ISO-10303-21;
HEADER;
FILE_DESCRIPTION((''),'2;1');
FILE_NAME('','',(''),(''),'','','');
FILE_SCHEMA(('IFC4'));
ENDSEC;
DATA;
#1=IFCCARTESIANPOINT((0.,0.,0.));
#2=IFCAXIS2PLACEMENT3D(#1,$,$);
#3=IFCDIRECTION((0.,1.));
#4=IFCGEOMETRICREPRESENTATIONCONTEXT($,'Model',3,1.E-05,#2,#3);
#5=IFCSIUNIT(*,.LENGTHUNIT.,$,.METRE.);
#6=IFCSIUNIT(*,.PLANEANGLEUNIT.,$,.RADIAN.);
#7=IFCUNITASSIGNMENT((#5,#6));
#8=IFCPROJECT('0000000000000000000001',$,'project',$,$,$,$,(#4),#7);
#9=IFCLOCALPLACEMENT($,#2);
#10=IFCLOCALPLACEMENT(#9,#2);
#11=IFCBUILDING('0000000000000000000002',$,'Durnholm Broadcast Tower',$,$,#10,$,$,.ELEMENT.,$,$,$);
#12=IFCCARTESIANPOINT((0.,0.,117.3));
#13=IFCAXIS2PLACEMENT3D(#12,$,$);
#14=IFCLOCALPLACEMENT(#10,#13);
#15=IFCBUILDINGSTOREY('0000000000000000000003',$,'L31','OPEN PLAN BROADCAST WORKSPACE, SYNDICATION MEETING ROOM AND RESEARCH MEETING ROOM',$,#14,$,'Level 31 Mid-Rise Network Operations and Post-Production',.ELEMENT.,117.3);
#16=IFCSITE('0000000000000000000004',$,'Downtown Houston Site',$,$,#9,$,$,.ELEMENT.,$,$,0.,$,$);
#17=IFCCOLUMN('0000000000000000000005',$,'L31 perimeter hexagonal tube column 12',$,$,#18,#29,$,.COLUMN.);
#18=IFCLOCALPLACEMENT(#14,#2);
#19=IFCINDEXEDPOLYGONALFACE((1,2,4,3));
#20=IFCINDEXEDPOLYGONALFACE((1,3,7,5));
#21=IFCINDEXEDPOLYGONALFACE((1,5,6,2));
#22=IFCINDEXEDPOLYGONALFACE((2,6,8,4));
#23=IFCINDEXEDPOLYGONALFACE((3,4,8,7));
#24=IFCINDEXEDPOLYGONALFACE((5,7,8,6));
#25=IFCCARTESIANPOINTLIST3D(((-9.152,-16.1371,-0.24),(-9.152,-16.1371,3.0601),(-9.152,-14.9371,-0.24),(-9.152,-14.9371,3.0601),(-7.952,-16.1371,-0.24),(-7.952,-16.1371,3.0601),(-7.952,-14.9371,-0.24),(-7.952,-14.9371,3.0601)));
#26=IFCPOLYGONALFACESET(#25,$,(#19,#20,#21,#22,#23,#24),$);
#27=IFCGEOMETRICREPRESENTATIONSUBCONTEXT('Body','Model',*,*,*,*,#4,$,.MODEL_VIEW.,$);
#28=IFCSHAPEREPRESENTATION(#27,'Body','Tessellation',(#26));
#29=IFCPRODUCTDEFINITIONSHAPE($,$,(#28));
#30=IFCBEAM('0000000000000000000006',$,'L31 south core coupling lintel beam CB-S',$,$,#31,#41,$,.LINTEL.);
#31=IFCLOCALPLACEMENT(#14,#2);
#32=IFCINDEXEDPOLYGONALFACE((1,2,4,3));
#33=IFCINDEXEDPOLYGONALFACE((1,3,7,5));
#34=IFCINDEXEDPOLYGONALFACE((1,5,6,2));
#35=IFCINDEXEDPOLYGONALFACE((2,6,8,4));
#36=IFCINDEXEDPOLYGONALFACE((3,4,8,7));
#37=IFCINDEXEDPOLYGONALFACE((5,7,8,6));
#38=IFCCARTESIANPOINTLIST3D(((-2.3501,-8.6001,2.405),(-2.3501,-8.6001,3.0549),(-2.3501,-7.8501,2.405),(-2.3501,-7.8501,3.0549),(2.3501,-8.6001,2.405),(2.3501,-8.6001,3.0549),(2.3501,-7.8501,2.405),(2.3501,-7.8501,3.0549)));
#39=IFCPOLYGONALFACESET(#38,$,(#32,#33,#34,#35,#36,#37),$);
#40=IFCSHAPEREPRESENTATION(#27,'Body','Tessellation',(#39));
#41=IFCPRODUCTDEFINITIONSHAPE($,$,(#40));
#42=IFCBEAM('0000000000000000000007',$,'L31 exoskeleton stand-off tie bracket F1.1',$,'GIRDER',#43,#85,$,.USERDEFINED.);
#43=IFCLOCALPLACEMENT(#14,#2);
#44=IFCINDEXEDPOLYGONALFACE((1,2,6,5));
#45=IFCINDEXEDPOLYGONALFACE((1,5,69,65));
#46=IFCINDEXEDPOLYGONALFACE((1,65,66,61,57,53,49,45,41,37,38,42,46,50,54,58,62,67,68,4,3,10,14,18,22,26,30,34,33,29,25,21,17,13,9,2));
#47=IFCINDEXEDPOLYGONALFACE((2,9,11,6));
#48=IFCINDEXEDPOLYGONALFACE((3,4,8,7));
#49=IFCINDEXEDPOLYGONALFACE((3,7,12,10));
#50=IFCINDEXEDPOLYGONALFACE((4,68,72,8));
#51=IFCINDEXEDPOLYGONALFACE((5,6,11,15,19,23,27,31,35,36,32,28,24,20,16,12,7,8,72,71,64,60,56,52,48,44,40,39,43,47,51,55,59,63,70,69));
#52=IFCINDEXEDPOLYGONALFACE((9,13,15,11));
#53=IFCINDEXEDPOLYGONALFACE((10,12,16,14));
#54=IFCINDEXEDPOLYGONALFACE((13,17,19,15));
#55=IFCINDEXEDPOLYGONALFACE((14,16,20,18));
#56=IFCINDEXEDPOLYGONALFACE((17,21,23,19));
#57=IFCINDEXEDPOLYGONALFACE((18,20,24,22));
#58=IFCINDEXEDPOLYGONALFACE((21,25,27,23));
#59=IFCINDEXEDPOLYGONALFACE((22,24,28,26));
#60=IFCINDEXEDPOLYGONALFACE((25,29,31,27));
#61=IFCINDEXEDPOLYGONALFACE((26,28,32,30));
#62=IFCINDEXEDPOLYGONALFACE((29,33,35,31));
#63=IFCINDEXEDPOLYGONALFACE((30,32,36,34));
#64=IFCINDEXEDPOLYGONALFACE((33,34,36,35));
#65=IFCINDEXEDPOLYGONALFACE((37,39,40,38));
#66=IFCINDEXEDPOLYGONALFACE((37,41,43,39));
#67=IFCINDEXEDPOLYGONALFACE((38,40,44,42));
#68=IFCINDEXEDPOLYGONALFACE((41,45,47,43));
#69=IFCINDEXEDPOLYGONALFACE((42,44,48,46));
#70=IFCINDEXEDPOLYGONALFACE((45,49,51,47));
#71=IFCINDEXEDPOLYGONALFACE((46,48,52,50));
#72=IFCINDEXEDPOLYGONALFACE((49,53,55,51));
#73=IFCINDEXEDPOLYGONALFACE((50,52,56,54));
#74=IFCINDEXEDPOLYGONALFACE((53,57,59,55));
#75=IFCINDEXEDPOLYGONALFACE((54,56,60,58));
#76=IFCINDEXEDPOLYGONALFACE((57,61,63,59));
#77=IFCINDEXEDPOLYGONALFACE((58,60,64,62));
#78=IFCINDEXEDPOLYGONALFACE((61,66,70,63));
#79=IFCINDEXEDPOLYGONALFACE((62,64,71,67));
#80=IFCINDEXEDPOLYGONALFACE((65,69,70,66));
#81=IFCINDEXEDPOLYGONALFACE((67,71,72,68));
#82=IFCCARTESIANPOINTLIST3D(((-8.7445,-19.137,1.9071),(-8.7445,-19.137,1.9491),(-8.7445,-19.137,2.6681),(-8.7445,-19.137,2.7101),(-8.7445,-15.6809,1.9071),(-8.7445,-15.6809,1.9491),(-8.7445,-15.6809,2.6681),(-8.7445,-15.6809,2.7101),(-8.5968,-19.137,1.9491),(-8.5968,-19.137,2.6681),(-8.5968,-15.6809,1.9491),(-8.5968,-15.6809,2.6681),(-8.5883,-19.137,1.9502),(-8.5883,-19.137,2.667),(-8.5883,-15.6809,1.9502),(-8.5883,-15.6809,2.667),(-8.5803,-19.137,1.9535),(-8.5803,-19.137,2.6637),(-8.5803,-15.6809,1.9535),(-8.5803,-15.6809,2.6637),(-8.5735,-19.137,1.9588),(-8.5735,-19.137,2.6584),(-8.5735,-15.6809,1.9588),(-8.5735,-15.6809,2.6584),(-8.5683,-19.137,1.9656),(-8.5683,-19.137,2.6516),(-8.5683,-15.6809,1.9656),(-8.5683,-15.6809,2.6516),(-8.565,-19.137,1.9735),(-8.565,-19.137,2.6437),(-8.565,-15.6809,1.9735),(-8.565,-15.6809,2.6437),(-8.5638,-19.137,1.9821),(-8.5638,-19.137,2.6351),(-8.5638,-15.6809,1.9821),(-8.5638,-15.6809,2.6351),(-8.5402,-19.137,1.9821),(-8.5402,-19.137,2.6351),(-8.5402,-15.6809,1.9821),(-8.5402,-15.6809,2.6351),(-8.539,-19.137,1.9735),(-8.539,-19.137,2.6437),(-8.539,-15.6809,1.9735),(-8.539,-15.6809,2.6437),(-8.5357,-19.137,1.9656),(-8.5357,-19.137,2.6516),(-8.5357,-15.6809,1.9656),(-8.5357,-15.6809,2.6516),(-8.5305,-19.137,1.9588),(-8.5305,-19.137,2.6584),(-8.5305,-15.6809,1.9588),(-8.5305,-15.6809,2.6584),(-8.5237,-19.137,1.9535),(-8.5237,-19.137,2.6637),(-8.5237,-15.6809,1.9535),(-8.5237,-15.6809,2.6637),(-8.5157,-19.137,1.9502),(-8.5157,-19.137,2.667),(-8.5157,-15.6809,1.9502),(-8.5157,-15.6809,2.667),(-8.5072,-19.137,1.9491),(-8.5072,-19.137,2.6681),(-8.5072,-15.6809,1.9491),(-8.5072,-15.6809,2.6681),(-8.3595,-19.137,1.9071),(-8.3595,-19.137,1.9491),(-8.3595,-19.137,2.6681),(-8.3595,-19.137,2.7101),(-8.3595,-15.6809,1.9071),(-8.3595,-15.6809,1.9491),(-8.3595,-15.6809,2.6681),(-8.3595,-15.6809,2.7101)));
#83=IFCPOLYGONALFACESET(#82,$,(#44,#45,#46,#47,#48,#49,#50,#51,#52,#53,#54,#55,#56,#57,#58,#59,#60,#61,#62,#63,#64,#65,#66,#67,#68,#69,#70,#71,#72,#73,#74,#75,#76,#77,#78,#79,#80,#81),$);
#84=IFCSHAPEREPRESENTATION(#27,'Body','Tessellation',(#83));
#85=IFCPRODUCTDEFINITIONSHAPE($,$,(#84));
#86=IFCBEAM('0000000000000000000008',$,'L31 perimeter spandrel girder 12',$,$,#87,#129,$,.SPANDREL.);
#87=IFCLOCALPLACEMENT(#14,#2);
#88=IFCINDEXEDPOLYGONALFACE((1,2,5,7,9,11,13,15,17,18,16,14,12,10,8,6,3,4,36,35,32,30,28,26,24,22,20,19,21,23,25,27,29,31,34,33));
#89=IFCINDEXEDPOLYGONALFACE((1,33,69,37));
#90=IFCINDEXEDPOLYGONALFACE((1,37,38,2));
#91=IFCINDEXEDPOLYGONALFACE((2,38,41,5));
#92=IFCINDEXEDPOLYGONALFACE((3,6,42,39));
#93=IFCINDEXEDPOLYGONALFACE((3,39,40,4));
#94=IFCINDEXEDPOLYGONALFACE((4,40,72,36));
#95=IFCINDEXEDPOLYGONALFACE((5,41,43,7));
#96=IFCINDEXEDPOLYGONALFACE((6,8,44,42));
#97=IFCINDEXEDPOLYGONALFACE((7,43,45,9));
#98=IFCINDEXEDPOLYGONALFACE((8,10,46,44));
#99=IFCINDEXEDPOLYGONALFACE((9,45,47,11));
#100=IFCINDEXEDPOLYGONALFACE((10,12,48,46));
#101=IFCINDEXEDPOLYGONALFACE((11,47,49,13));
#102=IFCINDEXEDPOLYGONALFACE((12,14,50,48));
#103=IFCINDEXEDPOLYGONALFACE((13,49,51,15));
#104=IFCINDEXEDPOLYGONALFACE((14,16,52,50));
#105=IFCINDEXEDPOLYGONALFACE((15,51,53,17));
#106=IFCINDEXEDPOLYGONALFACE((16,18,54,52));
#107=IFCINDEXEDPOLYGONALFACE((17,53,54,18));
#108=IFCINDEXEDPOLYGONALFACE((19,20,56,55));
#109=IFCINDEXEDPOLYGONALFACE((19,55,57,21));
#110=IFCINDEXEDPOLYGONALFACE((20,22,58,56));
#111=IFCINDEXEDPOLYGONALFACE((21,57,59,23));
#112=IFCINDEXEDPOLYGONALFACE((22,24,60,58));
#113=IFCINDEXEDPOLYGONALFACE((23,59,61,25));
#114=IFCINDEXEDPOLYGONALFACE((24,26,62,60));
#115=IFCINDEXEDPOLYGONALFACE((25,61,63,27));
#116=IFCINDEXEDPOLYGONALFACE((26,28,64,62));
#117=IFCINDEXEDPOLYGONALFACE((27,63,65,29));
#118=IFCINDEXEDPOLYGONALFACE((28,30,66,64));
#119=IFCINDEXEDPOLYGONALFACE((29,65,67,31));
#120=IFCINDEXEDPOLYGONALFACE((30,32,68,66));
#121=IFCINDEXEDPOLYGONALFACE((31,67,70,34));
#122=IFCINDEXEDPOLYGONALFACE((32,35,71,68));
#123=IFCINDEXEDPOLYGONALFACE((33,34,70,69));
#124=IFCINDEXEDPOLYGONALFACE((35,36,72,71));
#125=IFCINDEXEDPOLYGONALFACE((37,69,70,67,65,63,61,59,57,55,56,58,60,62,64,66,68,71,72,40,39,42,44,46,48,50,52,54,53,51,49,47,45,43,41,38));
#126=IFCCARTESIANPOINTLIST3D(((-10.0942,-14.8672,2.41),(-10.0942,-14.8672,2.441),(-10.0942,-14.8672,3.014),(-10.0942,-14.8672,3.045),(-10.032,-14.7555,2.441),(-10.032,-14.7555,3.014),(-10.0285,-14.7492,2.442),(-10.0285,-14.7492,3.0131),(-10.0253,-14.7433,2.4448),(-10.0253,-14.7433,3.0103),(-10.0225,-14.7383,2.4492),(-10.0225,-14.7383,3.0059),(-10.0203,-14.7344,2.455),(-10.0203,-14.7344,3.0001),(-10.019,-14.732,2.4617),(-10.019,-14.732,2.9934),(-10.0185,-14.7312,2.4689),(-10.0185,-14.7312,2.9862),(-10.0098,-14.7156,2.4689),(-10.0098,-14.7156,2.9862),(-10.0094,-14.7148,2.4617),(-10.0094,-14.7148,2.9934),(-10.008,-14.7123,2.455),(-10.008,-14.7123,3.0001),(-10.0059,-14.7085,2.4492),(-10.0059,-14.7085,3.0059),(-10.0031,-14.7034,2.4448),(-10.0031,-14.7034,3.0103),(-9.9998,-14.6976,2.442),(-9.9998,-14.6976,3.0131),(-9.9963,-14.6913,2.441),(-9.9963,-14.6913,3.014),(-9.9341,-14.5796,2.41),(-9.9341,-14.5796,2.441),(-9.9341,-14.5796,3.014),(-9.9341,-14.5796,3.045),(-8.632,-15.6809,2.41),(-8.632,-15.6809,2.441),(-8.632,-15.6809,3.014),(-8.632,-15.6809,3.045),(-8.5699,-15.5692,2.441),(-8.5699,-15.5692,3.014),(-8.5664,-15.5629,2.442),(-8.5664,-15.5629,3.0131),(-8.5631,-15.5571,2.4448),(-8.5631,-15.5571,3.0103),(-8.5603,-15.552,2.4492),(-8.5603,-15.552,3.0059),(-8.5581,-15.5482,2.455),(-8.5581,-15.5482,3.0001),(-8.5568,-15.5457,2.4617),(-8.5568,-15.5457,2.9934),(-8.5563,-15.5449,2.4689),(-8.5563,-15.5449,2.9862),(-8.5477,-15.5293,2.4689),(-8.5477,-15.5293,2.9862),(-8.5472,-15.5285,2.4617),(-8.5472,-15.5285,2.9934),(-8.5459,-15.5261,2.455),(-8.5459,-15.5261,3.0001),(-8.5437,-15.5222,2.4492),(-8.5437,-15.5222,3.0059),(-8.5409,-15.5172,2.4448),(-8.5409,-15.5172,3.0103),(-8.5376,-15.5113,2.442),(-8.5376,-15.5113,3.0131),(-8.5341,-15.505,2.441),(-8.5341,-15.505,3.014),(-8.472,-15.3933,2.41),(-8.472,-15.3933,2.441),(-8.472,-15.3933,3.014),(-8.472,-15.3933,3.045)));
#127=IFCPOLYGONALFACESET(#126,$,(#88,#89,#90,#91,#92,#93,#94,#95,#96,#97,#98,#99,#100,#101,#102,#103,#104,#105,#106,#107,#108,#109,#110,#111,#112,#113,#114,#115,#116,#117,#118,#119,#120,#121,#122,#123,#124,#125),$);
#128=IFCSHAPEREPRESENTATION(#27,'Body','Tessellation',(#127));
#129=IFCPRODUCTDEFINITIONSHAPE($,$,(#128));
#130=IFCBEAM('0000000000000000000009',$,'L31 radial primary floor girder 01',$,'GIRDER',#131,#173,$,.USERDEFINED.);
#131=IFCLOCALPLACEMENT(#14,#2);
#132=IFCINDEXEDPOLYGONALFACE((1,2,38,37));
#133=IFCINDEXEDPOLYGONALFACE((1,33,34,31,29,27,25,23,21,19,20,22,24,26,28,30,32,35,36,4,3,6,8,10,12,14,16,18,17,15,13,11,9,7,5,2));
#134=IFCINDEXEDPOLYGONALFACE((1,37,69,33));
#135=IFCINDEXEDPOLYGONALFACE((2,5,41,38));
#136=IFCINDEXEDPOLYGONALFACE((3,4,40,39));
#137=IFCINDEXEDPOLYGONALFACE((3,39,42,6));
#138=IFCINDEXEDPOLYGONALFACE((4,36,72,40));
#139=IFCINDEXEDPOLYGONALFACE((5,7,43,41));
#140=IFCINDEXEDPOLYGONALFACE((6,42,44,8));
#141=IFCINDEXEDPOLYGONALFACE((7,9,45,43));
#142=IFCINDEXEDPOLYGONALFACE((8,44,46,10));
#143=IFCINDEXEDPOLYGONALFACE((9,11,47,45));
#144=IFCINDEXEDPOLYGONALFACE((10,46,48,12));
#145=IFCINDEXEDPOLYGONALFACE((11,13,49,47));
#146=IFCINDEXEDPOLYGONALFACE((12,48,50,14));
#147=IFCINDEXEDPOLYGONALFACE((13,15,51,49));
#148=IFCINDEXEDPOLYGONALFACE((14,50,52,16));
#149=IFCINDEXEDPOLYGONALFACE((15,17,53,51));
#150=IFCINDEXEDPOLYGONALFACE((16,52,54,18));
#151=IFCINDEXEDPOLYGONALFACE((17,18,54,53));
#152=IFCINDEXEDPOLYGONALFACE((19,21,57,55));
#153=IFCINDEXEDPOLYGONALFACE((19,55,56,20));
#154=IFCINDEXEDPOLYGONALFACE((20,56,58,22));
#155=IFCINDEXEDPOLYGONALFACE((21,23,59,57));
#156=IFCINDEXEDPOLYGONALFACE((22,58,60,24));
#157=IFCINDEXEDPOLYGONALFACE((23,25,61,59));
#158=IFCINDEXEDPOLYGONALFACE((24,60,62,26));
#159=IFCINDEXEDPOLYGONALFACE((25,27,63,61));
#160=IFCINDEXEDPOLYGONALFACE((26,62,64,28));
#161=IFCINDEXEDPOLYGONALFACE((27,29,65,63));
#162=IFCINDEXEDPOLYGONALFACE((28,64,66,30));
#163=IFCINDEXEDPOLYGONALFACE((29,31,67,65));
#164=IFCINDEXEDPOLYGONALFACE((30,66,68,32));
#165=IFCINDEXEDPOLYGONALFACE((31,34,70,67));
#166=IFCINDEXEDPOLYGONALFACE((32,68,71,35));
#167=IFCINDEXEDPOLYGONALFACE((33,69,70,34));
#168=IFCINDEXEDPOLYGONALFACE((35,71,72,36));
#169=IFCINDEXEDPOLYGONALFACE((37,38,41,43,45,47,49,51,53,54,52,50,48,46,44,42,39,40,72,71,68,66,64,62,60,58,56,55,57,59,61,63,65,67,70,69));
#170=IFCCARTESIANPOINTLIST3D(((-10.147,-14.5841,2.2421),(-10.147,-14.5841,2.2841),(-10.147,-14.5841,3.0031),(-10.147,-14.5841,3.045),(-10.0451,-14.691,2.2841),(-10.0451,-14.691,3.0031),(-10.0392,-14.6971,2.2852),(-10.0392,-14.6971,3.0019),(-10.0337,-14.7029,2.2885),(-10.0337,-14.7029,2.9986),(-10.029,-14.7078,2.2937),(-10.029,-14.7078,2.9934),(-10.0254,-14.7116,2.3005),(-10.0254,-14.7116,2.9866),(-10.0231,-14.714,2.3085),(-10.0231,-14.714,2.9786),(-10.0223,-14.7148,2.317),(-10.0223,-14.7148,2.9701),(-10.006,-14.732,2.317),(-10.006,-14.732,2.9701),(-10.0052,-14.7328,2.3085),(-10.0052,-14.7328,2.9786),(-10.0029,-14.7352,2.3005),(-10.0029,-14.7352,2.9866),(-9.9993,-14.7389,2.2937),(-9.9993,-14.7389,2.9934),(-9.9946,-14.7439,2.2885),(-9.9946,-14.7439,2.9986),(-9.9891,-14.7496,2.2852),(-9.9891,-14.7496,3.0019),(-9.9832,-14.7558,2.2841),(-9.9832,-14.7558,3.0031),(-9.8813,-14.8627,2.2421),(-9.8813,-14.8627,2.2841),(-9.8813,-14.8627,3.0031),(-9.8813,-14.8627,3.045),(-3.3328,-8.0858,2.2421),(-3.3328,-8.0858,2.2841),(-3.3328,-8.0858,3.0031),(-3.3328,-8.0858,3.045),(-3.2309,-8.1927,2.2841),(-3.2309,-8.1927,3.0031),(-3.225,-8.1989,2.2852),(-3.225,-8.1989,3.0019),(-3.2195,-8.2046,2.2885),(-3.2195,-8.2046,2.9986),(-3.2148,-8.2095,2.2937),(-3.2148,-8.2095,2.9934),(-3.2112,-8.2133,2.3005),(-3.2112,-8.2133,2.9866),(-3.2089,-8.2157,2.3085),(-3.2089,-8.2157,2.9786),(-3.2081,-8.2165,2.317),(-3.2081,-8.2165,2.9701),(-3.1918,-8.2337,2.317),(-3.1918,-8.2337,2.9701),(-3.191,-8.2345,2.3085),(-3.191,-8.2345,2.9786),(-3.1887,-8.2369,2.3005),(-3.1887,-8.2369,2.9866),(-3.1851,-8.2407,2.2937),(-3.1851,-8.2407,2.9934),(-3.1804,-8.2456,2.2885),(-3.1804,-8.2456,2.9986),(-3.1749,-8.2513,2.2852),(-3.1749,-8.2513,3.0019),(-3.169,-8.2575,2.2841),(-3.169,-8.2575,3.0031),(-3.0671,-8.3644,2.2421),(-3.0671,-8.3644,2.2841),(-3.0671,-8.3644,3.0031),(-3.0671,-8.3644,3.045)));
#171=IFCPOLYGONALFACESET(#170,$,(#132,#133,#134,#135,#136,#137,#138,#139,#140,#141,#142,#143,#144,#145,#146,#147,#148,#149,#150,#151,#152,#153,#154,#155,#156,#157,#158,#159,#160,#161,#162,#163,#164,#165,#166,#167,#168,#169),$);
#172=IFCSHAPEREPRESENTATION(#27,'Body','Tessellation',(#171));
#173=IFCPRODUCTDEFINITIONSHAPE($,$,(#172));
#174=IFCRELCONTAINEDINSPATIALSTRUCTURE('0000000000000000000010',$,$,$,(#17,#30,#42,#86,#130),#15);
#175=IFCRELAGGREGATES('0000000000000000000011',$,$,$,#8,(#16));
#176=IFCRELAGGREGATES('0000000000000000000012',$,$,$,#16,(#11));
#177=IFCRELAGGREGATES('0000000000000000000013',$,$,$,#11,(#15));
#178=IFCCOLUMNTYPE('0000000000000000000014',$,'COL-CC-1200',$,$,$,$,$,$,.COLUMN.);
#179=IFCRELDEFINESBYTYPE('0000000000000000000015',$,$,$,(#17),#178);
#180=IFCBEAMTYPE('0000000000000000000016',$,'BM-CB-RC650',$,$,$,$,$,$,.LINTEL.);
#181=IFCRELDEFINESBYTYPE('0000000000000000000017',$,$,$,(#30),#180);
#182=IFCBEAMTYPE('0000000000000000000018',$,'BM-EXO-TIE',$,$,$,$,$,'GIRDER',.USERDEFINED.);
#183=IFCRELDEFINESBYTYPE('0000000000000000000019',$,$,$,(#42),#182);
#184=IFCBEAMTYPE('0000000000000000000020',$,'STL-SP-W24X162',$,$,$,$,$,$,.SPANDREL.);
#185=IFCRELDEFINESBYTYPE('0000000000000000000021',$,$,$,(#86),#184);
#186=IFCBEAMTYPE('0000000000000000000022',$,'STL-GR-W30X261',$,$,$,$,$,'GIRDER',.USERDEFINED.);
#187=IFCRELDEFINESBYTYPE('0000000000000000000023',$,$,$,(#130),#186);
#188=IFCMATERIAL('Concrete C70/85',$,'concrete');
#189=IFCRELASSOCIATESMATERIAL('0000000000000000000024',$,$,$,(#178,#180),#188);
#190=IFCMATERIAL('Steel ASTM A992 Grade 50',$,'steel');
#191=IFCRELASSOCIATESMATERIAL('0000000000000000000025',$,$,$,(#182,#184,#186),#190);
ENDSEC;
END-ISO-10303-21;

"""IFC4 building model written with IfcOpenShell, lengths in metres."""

from ifc_helpers import new_model, si_unit, direction, frame, origin, origin_2d, place, context, subcontext, project, spatial, rectangle, i_section, extrude, source, transform, mapped, material, material_profile, profile_set, type_object, type_shapes, element, save


model = new_model("IFC4")

# Units and contexts
model_context = context("Model", 3, precision=1e-05, world=origin(), true_north=direction((0.0, 1.0)))
body_context = subcontext(model_context, "Body", "Model", "MODEL_VIEW")
ifc_project = project(units=[si_unit("LENGTHUNIT", "METRE"), si_unit("PLANEANGLEUNIT", "RADIAN")], contexts=[model_context])

# Site, building, storey
site_placement = place(None, origin())
site = spatial("IfcSite", under=ifc_project, at=site_placement, Name="Downtown Houston Site", CompositionType="ELEMENT", RefElevation=0.0)
building_placement = place(site_placement, origin())
building = spatial("IfcBuilding", under=site, at=building_placement, Name="Durnholm Broadcast Tower", CompositionType="ELEMENT")
storey_placement = place(building_placement, frame((0.0, 0.0, 117.3)))
storey = spatial("IfcBuildingStorey", under=building, at=storey_placement, Name="L31", Description="OPEN PLAN BROADCAST WORKSPACE, SYNDICATION MEETING ROOM AND RESEARCH MEETING ROOM", LongName="Level 31 Mid-Rise Network Operations and Post-Production", CompositionType="ELEMENT", Elevation=117.3)

# Column
ifc_material_1 = material(Name="Concrete C70/85", Category="concrete")
ifc_material_profile_1 = material_profile(ifc_material_1, rectangle(XDim=1.2, YDim=1.2, at=origin_2d()), Name="RC1200X1200")
ifc_profile_set_1 = profile_set([ifc_material_profile_1], Name="Concrete C70/85")
column_type = type_object("IfcColumnType", Name="COL-CC-1200", PredefinedType="COLUMN", material=ifc_profile_set_1)
shared_shape_1 = source(origin(), body_context, "Body", "SweptSolid", [
    extrude(rectangle(XDim=1.2, YDim=1.2, at=origin_2d()), origin(), (0.0, 0.0, 1.0), 3.3),
])
type_shapes(column_type, [shared_shape_1])
column_placement = place(storey_placement, frame((-8.552, -15.5371, -0.24), z_axis=(0.0, 0.0, 1.0), x_axis=(1.0, 0.0, 0.0)))
element("IfcColumn", 1, at=column_placement, inside=storey, type_object=column_type, Name="L31 perimeter hexagonal tube column 12", PredefinedType="COLUMN", context=body_context, shape_type="MappedRepresentation", body=[
    mapped(shared_shape_1, transform((0.0, 0.0, 0.0), x_axis=(1.0, 0.0, 0.0), y_axis=(0.0, 1.0, 0.0), z_axis=(0.0, 0.0, 1.0), scale=1.0)),
])

# Beams
ifc_material_profile_2 = material_profile(ifc_material_1, rectangle(XDim=0.75, YDim=0.6499, at=origin_2d()), Name="RC750X650")
ifc_profile_set_2 = profile_set([ifc_material_profile_2], Name="Concrete C70/85")
beam_type_1 = type_object("IfcBeamType", Name="BM-CB-RC650", PredefinedType="LINTEL", material=ifc_profile_set_2)
shared_shape_2 = source(origin(), body_context, "Body", "SweptSolid", [
    extrude(rectangle(XDim=0.75, YDim=0.6499, at=origin_2d()), origin(), (0.0, 0.0, 1.0), 4.7002),
])
type_shapes(beam_type_1, [shared_shape_2])
beam_1_placement = place(storey_placement, frame((-2.3501, -8.2251, 2.73), z_axis=(1.0, 0.0, 0.0), x_axis=(0.0, 1.0, 0.0)))
element("IfcBeam", 2, at=beam_1_placement, inside=storey, type_object=beam_type_1, Name="L31 south core coupling lintel beam CB-S", PredefinedType="LINTEL", context=body_context, shape_type="MappedRepresentation", body=[
    mapped(shared_shape_2, transform((0.0, 0.0, 0.0), x_axis=(1.0, 0.0, 0.0), y_axis=(0.0, 1.0, 0.0), z_axis=(0.0, 0.0, 1.0), scale=1.0)),
])
ifc_material_2 = material(Name="Steel ASTM A992 Grade 50", Category="steel")
ifc_material_profile_3 = material_profile(ifc_material_2, i_section(OverallWidth=0.385, OverallDepth=0.803, WebThickness=0.0237, FlangeThickness=0.042, FilletRadius=0.033, at=origin_2d()), Name="W30X261")
ifc_profile_set_3 = profile_set([ifc_material_profile_3], Name="Steel ASTM A992 Grade 50")
beam_type_2 = type_object("IfcBeamType", Name="BM-EXO-TIE", ElementType="GIRDER", PredefinedType="USERDEFINED", material=ifc_profile_set_3)
shared_shape_3 = source(origin(), body_context, "Body", "SweptSolid", [
    extrude(i_section(OverallWidth=0.385, OverallDepth=0.803, WebThickness=0.0237, FlangeThickness=0.042, FilletRadius=0.033, at=origin_2d()), origin(), (0.0, 0.0, 1.0), 3.4561),
])
beam_2_placement = place(storey_placement, frame((-8.552, -15.6809, 2.3086), z_axis=(0.0, -1.0, 0.0), x_axis=(1.0, 0.0, 0.0)))
element("IfcBeam", 3, at=beam_2_placement, inside=storey, type_object=beam_type_2, Name="L31 exoskeleton stand-off tie bracket F1.1", ObjectType="GIRDER", PredefinedType="USERDEFINED", context=body_context, shape_type="MappedRepresentation", body=[
    mapped(shared_shape_3, transform((0.0, 0.0, 0.0), x_axis=(1.0, 0.0, 0.0), y_axis=(0.0, 1.0, 0.0), z_axis=(0.0, 0.0, 1.0), scale=1.0)),
])
ifc_material_profile_4 = material_profile(ifc_material_2, i_section(OverallWidth=0.3291, OverallDepth=0.635, WebThickness=0.0178, FlangeThickness=0.031, FilletRadius=0.0278, at=origin_2d()), Name="W24X162")
ifc_profile_set_4 = profile_set([ifc_material_profile_4], Name="Steel ASTM A992 Grade 50")
beam_type_3 = type_object("IfcBeamType", Name="STL-SP-W24X162", PredefinedType="SPANDREL", material=ifc_profile_set_4)
shared_shape_4 = source(origin(), body_context, "Body", "SweptSolid", [
    extrude(i_section(OverallWidth=0.3291, OverallDepth=0.635, WebThickness=0.0178, FlangeThickness=0.031, FilletRadius=0.0278, at=origin_2d()), origin(), (0.0, 0.0, 1.0), 1.6733),
])
type_shapes(beam_type_3, [shared_shape_4])
beam_3_placement = place(storey_placement, frame((-8.552, -15.5371, 2.7275), z_axis=(-0.873799, 0.486287, 0.0), x_axis=(-0.486287, -0.873799, 0.0)))
element("IfcBeam", 4, at=beam_3_placement, inside=storey, type_object=beam_type_3, Name="L31 perimeter spandrel girder 12", PredefinedType="SPANDREL", context=body_context, shape_type="MappedRepresentation", body=[
    mapped(shared_shape_4, transform((0.0, 0.0, 0.0), x_axis=(1.0, 0.0, 0.0), y_axis=(0.0, 1.0, 0.0), z_axis=(0.0, 0.0, 1.0), scale=1.0)),
])
ifc_material_profile_5 = material_profile(ifc_material_2, i_section(OverallWidth=0.385, OverallDepth=0.803, WebThickness=0.0237, FlangeThickness=0.042, FilletRadius=0.033, at=origin_2d()), Name="W30X261")
ifc_profile_set_5 = profile_set([ifc_material_profile_5], Name="Steel ASTM A992 Grade 50")
beam_type_4 = type_object("IfcBeamType", Name="STL-GR-W30X261", ElementType="GIRDER", PredefinedType="USERDEFINED", material=ifc_profile_set_5)
shared_shape_5 = source(origin(), body_context, "Body", "SweptSolid", [
    extrude(i_section(OverallWidth=0.385, OverallDepth=0.803, WebThickness=0.0237, FlangeThickness=0.042, FilletRadius=0.033, at=origin_2d()), origin(), (0.0, 0.0, 1.0), 9.416),
])
beam_4_placement = place(storey_placement, frame((-3.2, -8.2251, 2.6436), z_axis=(-0.723683, -0.690132, 0.0), x_axis=(0.690132, -0.723683, 0.0)))
element("IfcBeam", 5, at=beam_4_placement, inside=storey, type_object=beam_type_4, Name="L31 radial primary floor girder 01", ObjectType="GIRDER", PredefinedType="USERDEFINED", context=body_context, shape_type="MappedRepresentation", body=[
    mapped(shared_shape_5, transform((0.0, 0.0, 0.0), x_axis=(1.0, 0.0, 0.0), y_axis=(0.0, 1.0, 0.0), z_axis=(0.0, 0.0, 1.0), scale=1.0)),
])

save(model, "model.ifc")
